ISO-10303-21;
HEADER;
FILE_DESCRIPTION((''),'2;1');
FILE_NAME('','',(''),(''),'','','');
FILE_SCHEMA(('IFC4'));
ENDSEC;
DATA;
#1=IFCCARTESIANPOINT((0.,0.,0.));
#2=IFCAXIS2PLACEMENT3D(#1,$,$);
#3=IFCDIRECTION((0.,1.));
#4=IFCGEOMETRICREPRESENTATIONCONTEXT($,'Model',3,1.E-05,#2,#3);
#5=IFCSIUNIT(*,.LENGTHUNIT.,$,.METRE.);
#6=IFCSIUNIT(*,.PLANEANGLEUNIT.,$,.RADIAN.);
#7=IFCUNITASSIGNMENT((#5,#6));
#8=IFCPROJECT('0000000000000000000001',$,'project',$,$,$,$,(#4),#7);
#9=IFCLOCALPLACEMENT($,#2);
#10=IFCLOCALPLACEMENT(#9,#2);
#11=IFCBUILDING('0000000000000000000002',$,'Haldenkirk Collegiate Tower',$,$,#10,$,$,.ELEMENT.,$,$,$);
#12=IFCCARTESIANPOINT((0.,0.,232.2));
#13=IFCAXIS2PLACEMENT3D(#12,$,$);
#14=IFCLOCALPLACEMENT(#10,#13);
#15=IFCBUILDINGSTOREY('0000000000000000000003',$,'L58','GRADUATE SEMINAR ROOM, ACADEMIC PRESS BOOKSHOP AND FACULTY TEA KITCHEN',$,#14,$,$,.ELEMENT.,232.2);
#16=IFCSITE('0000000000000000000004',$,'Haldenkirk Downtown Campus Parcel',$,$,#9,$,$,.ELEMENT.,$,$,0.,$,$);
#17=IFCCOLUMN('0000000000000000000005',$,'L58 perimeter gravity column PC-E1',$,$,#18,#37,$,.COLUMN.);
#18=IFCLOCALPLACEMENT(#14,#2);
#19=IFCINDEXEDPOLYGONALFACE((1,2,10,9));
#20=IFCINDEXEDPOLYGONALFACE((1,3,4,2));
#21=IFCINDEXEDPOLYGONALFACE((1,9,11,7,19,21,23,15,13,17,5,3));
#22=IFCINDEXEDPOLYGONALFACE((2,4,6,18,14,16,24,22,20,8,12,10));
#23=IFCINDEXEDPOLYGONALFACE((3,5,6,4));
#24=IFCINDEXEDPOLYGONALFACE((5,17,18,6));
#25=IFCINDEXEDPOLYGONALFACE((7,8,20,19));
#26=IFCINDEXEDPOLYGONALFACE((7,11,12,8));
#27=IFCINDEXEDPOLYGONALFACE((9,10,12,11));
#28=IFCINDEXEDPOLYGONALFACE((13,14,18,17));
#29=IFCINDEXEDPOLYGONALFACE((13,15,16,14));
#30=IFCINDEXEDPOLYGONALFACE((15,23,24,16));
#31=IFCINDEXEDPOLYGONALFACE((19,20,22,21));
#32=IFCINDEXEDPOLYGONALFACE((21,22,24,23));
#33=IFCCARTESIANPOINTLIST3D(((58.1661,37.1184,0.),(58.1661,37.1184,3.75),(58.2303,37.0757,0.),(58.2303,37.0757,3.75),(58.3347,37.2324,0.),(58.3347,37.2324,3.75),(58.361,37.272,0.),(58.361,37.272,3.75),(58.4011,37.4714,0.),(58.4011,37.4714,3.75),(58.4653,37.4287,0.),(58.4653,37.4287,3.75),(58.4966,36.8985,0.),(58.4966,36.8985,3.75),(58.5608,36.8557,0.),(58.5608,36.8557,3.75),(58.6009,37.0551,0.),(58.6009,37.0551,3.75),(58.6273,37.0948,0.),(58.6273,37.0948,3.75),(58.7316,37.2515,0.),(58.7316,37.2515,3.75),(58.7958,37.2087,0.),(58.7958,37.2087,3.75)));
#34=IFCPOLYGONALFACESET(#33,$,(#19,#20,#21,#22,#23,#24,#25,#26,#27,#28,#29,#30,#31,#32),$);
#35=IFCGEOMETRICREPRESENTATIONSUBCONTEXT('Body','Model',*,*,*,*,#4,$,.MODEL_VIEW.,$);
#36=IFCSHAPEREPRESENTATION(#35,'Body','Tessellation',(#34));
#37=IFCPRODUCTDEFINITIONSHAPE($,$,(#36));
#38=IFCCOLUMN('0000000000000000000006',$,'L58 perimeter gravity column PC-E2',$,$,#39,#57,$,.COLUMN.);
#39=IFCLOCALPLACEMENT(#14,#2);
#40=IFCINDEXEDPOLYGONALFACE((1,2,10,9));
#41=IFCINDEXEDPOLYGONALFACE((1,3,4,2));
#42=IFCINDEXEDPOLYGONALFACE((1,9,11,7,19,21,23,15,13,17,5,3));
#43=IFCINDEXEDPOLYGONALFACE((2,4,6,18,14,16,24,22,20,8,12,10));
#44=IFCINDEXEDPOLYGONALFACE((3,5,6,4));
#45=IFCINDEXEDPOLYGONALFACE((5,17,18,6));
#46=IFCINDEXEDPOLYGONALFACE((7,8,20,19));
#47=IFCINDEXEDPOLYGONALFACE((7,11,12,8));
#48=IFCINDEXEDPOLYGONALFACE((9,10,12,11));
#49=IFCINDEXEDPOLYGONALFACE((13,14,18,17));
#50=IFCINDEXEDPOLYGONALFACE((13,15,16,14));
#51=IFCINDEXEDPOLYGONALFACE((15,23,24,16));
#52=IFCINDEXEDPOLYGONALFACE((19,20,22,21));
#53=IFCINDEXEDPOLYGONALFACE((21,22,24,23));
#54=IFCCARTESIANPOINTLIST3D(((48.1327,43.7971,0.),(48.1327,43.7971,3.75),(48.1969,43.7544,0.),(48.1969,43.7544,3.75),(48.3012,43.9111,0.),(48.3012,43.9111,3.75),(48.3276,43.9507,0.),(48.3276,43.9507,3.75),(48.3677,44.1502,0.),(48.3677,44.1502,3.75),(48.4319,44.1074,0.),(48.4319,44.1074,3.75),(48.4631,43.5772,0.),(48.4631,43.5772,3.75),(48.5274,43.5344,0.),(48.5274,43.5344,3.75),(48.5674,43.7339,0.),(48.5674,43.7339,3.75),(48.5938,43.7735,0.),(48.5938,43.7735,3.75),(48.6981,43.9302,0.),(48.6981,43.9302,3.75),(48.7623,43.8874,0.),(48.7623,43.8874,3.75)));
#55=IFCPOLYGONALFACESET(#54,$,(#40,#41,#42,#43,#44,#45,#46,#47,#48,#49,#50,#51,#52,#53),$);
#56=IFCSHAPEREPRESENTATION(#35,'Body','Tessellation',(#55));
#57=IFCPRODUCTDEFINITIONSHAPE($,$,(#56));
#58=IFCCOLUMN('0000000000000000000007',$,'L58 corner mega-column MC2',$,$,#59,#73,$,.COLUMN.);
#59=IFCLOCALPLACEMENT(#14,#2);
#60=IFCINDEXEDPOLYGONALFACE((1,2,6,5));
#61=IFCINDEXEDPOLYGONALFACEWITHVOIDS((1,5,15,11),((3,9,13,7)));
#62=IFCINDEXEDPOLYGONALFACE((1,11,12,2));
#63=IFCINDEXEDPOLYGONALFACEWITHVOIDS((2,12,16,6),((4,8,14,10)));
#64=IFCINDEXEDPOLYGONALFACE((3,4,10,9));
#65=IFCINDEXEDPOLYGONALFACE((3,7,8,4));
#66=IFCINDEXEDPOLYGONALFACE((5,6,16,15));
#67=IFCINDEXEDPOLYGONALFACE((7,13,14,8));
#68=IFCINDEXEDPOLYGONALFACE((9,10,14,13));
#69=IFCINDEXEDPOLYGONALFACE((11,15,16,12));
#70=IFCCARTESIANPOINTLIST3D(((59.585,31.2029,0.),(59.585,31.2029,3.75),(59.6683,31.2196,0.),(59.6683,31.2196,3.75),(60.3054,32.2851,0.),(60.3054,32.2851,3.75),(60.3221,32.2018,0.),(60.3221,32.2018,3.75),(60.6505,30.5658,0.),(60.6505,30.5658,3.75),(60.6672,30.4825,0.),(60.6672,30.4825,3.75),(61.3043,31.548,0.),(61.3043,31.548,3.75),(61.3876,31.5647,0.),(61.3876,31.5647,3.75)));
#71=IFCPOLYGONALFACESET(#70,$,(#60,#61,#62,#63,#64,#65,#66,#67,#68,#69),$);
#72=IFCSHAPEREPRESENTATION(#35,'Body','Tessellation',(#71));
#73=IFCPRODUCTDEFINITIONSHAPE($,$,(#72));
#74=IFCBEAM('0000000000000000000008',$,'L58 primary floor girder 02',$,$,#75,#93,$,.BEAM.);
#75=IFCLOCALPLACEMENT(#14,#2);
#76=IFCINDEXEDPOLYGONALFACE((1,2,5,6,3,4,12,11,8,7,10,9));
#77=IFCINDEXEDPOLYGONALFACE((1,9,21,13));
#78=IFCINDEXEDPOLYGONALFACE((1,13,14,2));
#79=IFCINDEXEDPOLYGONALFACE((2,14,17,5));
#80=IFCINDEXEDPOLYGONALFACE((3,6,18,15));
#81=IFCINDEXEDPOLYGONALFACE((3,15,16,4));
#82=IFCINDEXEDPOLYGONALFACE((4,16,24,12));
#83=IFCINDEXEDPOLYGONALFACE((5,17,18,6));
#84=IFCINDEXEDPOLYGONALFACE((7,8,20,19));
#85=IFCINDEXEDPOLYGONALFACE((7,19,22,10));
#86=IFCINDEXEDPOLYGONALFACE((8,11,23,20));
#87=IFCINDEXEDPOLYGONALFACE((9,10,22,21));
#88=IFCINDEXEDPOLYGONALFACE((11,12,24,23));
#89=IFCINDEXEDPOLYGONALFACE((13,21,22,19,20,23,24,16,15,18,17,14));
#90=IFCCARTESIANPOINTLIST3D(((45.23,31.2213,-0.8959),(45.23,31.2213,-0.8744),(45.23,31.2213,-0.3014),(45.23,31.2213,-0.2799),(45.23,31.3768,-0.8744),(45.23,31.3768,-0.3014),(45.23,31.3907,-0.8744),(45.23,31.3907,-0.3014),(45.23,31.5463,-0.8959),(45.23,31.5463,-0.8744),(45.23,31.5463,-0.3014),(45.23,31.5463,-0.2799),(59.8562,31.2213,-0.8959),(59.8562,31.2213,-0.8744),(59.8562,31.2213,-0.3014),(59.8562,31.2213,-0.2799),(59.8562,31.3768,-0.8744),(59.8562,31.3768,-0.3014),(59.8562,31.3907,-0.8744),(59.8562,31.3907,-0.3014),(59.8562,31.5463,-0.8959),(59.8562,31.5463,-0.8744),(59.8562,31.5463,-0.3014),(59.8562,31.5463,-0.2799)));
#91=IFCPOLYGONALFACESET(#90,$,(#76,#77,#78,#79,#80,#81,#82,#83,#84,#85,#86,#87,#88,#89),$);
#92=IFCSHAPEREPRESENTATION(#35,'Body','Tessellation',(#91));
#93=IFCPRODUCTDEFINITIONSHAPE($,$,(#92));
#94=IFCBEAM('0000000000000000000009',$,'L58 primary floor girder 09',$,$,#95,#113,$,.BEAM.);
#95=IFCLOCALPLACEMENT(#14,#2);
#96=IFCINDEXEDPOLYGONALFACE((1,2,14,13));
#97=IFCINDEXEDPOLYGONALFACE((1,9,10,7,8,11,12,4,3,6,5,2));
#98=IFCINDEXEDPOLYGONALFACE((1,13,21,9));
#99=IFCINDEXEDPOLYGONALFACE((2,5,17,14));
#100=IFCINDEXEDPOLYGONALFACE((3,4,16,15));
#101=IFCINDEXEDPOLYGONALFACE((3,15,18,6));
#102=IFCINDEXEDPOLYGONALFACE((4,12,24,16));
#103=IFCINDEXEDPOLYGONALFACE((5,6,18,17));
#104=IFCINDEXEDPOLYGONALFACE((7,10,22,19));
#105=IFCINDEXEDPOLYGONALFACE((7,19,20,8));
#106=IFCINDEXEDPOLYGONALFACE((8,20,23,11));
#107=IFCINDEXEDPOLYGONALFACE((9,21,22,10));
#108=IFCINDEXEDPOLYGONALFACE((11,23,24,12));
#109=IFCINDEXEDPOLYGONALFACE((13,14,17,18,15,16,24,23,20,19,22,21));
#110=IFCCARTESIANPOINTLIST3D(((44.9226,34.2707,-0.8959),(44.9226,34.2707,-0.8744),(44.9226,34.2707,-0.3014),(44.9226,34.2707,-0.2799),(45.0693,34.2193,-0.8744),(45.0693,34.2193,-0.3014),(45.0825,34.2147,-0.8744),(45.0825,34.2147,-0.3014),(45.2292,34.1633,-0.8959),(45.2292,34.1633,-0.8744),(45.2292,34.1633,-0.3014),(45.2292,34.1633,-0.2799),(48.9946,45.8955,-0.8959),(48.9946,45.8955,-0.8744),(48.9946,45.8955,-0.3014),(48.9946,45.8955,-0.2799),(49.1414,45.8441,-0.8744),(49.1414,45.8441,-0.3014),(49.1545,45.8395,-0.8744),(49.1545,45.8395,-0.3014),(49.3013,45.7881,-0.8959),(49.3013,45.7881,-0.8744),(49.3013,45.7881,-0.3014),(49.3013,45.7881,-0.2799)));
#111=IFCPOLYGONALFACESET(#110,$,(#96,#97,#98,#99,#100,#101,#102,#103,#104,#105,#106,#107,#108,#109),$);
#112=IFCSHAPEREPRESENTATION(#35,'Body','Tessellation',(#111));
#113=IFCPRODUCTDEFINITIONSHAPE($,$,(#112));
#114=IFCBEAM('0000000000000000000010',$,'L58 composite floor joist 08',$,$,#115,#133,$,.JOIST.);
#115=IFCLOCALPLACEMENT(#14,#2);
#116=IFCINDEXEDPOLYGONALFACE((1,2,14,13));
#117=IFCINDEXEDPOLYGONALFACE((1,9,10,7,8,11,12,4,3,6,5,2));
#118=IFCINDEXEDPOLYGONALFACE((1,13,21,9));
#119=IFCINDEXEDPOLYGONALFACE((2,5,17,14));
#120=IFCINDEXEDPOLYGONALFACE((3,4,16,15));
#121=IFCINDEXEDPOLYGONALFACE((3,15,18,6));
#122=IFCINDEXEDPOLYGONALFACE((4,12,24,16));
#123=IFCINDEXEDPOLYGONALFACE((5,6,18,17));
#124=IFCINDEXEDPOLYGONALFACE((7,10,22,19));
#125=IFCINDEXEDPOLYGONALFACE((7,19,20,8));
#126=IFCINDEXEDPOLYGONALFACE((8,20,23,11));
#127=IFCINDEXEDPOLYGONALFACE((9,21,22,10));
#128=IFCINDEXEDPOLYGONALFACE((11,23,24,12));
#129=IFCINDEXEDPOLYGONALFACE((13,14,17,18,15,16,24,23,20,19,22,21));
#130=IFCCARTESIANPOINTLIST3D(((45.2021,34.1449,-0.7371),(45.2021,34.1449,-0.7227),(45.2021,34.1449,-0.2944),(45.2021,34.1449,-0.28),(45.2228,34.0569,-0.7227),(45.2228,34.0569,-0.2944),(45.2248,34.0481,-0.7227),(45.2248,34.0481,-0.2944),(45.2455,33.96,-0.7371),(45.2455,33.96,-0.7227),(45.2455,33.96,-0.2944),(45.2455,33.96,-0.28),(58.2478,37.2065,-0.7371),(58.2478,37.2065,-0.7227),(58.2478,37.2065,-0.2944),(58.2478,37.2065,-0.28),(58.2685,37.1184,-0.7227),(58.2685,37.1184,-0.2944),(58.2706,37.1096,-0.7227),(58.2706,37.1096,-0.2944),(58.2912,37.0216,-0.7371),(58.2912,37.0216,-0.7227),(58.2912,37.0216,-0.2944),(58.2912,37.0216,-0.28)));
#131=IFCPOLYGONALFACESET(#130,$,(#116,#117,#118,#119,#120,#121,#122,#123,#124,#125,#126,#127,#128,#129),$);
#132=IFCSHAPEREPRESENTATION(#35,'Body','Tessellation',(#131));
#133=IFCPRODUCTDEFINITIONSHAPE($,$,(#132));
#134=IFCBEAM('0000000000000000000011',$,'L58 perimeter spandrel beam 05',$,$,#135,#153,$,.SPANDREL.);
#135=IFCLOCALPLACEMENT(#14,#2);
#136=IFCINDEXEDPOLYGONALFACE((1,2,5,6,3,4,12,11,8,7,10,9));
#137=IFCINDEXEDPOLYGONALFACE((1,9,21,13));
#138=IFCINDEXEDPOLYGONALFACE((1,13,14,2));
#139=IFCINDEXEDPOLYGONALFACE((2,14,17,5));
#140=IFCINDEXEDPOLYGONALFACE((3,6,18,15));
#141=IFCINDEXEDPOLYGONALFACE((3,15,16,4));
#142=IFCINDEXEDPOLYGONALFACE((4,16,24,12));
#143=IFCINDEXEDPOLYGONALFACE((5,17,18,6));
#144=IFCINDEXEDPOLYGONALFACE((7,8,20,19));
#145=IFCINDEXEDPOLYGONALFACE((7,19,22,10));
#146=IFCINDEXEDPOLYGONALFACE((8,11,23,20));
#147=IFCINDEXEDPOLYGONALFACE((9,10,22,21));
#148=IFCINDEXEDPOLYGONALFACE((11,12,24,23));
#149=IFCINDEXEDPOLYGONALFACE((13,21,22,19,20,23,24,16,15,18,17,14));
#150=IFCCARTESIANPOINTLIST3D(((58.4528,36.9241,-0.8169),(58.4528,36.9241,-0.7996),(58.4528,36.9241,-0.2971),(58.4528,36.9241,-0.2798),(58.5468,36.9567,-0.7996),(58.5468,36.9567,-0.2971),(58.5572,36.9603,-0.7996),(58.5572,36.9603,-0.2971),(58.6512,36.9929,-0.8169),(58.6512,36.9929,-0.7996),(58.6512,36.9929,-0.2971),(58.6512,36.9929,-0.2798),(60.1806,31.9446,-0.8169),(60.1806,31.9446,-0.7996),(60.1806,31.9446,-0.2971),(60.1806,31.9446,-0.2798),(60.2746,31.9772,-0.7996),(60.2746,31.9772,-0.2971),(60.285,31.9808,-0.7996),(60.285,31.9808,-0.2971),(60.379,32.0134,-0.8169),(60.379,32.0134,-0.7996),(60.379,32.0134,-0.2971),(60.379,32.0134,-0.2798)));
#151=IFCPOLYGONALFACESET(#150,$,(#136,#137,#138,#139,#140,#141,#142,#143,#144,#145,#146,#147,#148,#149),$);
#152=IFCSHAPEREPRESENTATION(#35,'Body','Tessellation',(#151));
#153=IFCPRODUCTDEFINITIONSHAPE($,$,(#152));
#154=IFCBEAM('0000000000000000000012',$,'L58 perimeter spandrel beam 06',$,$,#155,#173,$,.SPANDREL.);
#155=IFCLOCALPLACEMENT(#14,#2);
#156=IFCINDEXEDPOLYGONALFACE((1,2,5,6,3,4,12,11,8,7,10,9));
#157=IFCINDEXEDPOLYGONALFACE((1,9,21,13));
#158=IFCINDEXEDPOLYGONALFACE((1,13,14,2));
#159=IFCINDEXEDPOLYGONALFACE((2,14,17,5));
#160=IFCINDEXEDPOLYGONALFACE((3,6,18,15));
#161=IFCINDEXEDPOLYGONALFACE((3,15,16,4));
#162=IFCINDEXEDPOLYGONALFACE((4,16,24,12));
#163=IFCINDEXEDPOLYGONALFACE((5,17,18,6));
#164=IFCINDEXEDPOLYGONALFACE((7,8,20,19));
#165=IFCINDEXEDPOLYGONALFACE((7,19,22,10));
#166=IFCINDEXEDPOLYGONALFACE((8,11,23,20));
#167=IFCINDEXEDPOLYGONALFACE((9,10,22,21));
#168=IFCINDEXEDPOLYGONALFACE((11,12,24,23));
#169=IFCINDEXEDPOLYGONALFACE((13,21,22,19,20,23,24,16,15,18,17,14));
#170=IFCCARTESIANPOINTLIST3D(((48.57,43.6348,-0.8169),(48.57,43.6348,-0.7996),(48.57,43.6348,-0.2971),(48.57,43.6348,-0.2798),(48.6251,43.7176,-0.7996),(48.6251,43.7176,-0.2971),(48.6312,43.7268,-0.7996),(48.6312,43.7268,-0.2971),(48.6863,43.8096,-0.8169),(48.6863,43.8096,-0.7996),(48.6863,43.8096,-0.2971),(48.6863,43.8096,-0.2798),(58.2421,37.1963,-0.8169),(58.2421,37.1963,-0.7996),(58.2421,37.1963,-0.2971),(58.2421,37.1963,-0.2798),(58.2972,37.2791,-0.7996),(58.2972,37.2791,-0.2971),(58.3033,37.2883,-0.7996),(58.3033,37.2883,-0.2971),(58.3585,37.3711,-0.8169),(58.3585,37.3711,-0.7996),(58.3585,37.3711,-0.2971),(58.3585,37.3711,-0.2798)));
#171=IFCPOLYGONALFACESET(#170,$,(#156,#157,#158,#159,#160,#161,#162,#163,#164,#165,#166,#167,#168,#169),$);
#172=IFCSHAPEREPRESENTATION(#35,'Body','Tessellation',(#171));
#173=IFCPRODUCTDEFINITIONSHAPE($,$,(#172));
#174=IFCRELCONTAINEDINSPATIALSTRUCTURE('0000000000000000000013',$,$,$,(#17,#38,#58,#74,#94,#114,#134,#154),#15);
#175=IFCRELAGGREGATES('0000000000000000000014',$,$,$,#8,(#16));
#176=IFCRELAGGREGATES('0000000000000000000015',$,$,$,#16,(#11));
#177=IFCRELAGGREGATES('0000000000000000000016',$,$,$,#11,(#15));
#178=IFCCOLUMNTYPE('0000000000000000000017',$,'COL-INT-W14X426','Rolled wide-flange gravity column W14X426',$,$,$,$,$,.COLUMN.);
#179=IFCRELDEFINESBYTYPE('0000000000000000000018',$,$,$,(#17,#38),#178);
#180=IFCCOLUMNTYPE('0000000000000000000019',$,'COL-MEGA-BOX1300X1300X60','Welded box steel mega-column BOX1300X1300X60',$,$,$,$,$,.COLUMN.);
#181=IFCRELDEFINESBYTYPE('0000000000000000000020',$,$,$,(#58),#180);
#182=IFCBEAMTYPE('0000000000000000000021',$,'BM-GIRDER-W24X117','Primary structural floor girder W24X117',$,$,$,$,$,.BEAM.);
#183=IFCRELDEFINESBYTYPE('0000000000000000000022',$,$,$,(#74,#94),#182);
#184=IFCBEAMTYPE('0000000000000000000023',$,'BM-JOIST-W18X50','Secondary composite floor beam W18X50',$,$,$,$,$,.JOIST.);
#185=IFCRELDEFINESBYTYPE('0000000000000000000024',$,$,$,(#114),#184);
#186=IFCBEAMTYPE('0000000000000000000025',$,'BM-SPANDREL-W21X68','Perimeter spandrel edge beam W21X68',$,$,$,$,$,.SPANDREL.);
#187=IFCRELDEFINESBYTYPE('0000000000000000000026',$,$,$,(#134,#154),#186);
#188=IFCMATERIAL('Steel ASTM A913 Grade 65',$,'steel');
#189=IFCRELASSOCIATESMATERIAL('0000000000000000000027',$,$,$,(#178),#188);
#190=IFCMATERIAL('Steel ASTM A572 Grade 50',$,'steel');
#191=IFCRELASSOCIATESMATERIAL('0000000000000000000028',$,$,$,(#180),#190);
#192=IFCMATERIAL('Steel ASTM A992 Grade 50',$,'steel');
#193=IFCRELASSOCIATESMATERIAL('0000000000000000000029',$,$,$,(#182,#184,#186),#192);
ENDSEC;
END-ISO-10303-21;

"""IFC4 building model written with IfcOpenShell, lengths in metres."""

from ifc_helpers import new_model, si_unit, direction, frame, origin, origin_2d, place, context, subcontext, project, spatial, hollow_rectangle, i_section, extrude, material, material_profile, profile_set, type_object, element, save


model = new_model("IFC4")

# Units and contexts
model_context = context("Model", 3, precision=1e-05, world=origin(), true_north=direction((0.0, 1.0)))
body_context = subcontext(model_context, "Body", "Model", "MODEL_VIEW")
ifc_project = project(units=[si_unit("LENGTHUNIT", "METRE"), si_unit("PLANEANGLEUNIT", "RADIAN")], contexts=[model_context])

# Site, building, storey
site_placement = place(None, origin())
site = spatial("IfcSite", under=ifc_project, at=site_placement, Name="Haldenkirk Downtown Campus Parcel", CompositionType="ELEMENT", RefElevation=0.0)
building_placement = place(site_placement, origin())
building = spatial("IfcBuilding", under=site, at=building_placement, Name="Haldenkirk Collegiate Tower", CompositionType="ELEMENT")
storey_placement = place(building_placement, frame((0.0, 0.0, 232.2)))
storey = spatial("IfcBuildingStorey", under=building, at=storey_placement, Name="L58", Description="GRADUATE SEMINAR ROOM, ACADEMIC PRESS BOOKSHOP AND FACULTY TEA KITCHEN", CompositionType="ELEMENT", Elevation=232.2)

# Columns
ifc_material_1 = material(Name="Steel ASTM A913 Grade 65", Category="steel")
ifc_material_profile_1 = material_profile(ifc_material_1, i_section(OverallWidth=0.4241, OverallDepth=0.4741, WebThickness=0.0476, FlangeThickness=0.0771, at=origin_2d()), Name="W14X426")
ifc_profile_set_1 = profile_set([ifc_material_profile_1], Name="Steel ASTM A913 Grade 65")
column_type_1 = type_object("IfcColumnType", Name="COL-INT-W14X426", Description="Rolled wide-flange gravity column W14X426", PredefinedType="COLUMN", material=ifc_profile_set_1)
for number, where, z_axis, x_axis, name in (
    (1, (58.481, 37.1636, 0.0), (0.0, 0.0, 1.0), (0.554118, 0.832438, 0.0), "L58 perimeter gravity column PC-E1"),
    (2, (48.4475, 43.8423, 0.0), (0.0, 0.0, 1.0), (0.554118, 0.832438, 0.0), "L58 perimeter gravity column PC-E2"),
):
    element("IfcColumn", number, at=place(storey_placement, frame(where, z_axis=z_axis, x_axis=x_axis)), inside=storey, type_object=column_type_1, Name=name, PredefinedType="COLUMN", context=body_context, shape_type="SweptSolid", body=[
        extrude(i_section(OverallWidth=0.4241, OverallDepth=0.4741, WebThickness=0.0476, FlangeThickness=0.0771, at=origin_2d()), origin(), (0.0, 0.0, 1.0), 3.75),
    ])
ifc_material_2 = material(Name="Steel ASTM A572 Grade 50", Category="steel")
ifc_material_profile_2 = material_profile(ifc_material_2, hollow_rectangle(XDim=1.3, YDim=1.3, WallThickness=0.0601, at=origin_2d()), Name="BOX1300X1300X60")
ifc_profile_set_2 = profile_set([ifc_material_profile_2], Name="Steel ASTM A572 Grade 50")
column_type_2 = type_object("IfcColumnType", Name="COL-MEGA-BOX1300X1300X60", Description="Welded box steel mega-column BOX1300X1300X60", PredefinedType="COLUMN", material=ifc_profile_set_2)
column_placement = place(storey_placement, frame((60.4863, 31.3838, 0.0), z_axis=(0.0, 0.0, 1.0), x_axis=(0.554118, 0.832438, 0.0)))
element("IfcColumn", 3, at=column_placement, inside=storey, type_object=column_type_2, Name="L58 corner mega-column MC2", PredefinedType="COLUMN", context=body_context, shape_type="SweptSolid", body=[
    extrude(hollow_rectangle(XDim=1.3, YDim=1.3, WallThickness=0.0601, at=origin_2d()), origin(), (0.0, 0.0, 1.0), 3.75),
])

# Beams
ifc_material_3 = material(Name="Steel ASTM A992 Grade 50", Category="steel")
ifc_material_profile_3 = material_profile(ifc_material_3, i_section(OverallWidth=0.325, OverallDepth=0.616, WebThickness=0.0139, FlangeThickness=0.0215, at=origin_2d()), Name="W24X117")
ifc_profile_set_3 = profile_set([ifc_material_profile_3], Name="Steel ASTM A992 Grade 50")
beam_type_1 = type_object("IfcBeamType", Name="BM-GIRDER-W24X117", Description="Primary structural floor girder W24X117", PredefinedType="BEAM", material=ifc_profile_set_3)
beam_1_placement = place(storey_placement, frame((59.8562, 31.3838, -0.5879), z_axis=(-1.0, 0.0, 0.0), x_axis=(0.0, -1.0, 0.0)))
element("IfcBeam", 4, at=beam_1_placement, inside=storey, type_object=beam_type_1, Name="L58 primary floor girder 02", PredefinedType="BEAM", context=body_context, shape_type="SweptSolid", body=[
    extrude(i_section(OverallWidth=0.325, OverallDepth=0.616, WebThickness=0.0139, FlangeThickness=0.0215, at=origin_2d()), origin(), (0.0, 0.0, 1.0), 14.6262),
])
beam_2_placement = place(storey_placement, frame((49.1479, 45.8418, -0.5879), z_axis=(-0.330593, -0.943773, 0.0), x_axis=(0.943773, -0.330593, 0.0)))
element("IfcBeam", 5, at=beam_2_placement, inside=storey, type_object=beam_type_1, Name="L58 primary floor girder 09", PredefinedType="BEAM", context=body_context, shape_type="SweptSolid", body=[
    extrude(i_section(OverallWidth=0.325, OverallDepth=0.616, WebThickness=0.0139, FlangeThickness=0.0215, at=origin_2d()), origin(), (0.0, 0.0, 1.0), 12.3174),
])
ifc_material_profile_4 = material_profile(ifc_material_3, i_section(OverallWidth=0.1899, OverallDepth=0.457, WebThickness=0.009, FlangeThickness=0.0144, at=origin_2d()), Name="W18X50")
ifc_profile_set_4 = profile_set([ifc_material_profile_4], Name="Steel ASTM A992 Grade 50")
beam_type_2 = type_object("IfcBeamType", Name="BM-JOIST-W18X50", Description="Secondary composite floor beam W18X50", PredefinedType="JOIST", material=ifc_profile_set_4)
beam_3_placement = place(storey_placement, frame((58.2695, 37.114, -0.5085), z_axis=(-0.973551, -0.228471, 0.0), x_axis=(0.228471, -0.973551, 0.0)))
element("IfcBeam", 6, at=beam_3_placement, inside=storey, type_object=beam_type_2, Name="L58 composite floor joist 08", PredefinedType="JOIST", context=body_context, shape_type="SweptSolid", body=[
    extrude(i_section(OverallWidth=0.1899, OverallDepth=0.457, WebThickness=0.009, FlangeThickness=0.0144, at=origin_2d()), origin(), (0.0, 0.0, 1.0), 13.4001),
])
ifc_material_profile_5 = material_profile(ifc_material_3, i_section(OverallWidth=0.21, OverallDepth=0.5371, WebThickness=0.011, FlangeThickness=0.0173, at=origin_2d()), Name="W21X68")
ifc_profile_set_5 = profile_set([ifc_material_profile_5], Name="Steel ASTM A992 Grade 50")
beam_type_3 = type_object("IfcBeamType", Name="BM-SPANDREL-W21X68", Description="Perimeter spandrel edge beam W21X68", PredefinedType="SPANDREL", material=ifc_profile_set_5)
beam_4_placement = place(storey_placement, frame((60.2798, 31.979, -0.5483), z_axis=(-0.327807, 0.944745, 0.0), x_axis=(-0.944745, -0.327807, 0.0)))
element("IfcBeam", 7, at=beam_4_placement, inside=storey, type_object=beam_type_3, Name="L58 perimeter spandrel beam 05", PredefinedType="SPANDREL", context=body_context, shape_type="SweptSolid", body=[
    extrude(i_section(OverallWidth=0.21, OverallDepth=0.5371, WebThickness=0.011, FlangeThickness=0.0173, at=origin_2d()), origin(), (0.0, 0.0, 1.0), 5.2708),
])
beam_5_placement = place(storey_placement, frame((58.3003, 37.2837, -0.5483), z_axis=(-0.832432, 0.554128, 0.0), x_axis=(-0.554128, -0.832432, 0.0)))
element("IfcBeam", 8, at=beam_5_placement, inside=storey, type_object=beam_type_3, Name="L58 perimeter spandrel beam 06", PredefinedType="SPANDREL", context=body_context, shape_type="SweptSolid", body=[
    extrude(i_section(OverallWidth=0.21, OverallDepth=0.5371, WebThickness=0.011, FlangeThickness=0.0173, at=origin_2d()), origin(), (0.0, 0.0, 1.0), 11.6191),
])

save(model, "model.ifc")
